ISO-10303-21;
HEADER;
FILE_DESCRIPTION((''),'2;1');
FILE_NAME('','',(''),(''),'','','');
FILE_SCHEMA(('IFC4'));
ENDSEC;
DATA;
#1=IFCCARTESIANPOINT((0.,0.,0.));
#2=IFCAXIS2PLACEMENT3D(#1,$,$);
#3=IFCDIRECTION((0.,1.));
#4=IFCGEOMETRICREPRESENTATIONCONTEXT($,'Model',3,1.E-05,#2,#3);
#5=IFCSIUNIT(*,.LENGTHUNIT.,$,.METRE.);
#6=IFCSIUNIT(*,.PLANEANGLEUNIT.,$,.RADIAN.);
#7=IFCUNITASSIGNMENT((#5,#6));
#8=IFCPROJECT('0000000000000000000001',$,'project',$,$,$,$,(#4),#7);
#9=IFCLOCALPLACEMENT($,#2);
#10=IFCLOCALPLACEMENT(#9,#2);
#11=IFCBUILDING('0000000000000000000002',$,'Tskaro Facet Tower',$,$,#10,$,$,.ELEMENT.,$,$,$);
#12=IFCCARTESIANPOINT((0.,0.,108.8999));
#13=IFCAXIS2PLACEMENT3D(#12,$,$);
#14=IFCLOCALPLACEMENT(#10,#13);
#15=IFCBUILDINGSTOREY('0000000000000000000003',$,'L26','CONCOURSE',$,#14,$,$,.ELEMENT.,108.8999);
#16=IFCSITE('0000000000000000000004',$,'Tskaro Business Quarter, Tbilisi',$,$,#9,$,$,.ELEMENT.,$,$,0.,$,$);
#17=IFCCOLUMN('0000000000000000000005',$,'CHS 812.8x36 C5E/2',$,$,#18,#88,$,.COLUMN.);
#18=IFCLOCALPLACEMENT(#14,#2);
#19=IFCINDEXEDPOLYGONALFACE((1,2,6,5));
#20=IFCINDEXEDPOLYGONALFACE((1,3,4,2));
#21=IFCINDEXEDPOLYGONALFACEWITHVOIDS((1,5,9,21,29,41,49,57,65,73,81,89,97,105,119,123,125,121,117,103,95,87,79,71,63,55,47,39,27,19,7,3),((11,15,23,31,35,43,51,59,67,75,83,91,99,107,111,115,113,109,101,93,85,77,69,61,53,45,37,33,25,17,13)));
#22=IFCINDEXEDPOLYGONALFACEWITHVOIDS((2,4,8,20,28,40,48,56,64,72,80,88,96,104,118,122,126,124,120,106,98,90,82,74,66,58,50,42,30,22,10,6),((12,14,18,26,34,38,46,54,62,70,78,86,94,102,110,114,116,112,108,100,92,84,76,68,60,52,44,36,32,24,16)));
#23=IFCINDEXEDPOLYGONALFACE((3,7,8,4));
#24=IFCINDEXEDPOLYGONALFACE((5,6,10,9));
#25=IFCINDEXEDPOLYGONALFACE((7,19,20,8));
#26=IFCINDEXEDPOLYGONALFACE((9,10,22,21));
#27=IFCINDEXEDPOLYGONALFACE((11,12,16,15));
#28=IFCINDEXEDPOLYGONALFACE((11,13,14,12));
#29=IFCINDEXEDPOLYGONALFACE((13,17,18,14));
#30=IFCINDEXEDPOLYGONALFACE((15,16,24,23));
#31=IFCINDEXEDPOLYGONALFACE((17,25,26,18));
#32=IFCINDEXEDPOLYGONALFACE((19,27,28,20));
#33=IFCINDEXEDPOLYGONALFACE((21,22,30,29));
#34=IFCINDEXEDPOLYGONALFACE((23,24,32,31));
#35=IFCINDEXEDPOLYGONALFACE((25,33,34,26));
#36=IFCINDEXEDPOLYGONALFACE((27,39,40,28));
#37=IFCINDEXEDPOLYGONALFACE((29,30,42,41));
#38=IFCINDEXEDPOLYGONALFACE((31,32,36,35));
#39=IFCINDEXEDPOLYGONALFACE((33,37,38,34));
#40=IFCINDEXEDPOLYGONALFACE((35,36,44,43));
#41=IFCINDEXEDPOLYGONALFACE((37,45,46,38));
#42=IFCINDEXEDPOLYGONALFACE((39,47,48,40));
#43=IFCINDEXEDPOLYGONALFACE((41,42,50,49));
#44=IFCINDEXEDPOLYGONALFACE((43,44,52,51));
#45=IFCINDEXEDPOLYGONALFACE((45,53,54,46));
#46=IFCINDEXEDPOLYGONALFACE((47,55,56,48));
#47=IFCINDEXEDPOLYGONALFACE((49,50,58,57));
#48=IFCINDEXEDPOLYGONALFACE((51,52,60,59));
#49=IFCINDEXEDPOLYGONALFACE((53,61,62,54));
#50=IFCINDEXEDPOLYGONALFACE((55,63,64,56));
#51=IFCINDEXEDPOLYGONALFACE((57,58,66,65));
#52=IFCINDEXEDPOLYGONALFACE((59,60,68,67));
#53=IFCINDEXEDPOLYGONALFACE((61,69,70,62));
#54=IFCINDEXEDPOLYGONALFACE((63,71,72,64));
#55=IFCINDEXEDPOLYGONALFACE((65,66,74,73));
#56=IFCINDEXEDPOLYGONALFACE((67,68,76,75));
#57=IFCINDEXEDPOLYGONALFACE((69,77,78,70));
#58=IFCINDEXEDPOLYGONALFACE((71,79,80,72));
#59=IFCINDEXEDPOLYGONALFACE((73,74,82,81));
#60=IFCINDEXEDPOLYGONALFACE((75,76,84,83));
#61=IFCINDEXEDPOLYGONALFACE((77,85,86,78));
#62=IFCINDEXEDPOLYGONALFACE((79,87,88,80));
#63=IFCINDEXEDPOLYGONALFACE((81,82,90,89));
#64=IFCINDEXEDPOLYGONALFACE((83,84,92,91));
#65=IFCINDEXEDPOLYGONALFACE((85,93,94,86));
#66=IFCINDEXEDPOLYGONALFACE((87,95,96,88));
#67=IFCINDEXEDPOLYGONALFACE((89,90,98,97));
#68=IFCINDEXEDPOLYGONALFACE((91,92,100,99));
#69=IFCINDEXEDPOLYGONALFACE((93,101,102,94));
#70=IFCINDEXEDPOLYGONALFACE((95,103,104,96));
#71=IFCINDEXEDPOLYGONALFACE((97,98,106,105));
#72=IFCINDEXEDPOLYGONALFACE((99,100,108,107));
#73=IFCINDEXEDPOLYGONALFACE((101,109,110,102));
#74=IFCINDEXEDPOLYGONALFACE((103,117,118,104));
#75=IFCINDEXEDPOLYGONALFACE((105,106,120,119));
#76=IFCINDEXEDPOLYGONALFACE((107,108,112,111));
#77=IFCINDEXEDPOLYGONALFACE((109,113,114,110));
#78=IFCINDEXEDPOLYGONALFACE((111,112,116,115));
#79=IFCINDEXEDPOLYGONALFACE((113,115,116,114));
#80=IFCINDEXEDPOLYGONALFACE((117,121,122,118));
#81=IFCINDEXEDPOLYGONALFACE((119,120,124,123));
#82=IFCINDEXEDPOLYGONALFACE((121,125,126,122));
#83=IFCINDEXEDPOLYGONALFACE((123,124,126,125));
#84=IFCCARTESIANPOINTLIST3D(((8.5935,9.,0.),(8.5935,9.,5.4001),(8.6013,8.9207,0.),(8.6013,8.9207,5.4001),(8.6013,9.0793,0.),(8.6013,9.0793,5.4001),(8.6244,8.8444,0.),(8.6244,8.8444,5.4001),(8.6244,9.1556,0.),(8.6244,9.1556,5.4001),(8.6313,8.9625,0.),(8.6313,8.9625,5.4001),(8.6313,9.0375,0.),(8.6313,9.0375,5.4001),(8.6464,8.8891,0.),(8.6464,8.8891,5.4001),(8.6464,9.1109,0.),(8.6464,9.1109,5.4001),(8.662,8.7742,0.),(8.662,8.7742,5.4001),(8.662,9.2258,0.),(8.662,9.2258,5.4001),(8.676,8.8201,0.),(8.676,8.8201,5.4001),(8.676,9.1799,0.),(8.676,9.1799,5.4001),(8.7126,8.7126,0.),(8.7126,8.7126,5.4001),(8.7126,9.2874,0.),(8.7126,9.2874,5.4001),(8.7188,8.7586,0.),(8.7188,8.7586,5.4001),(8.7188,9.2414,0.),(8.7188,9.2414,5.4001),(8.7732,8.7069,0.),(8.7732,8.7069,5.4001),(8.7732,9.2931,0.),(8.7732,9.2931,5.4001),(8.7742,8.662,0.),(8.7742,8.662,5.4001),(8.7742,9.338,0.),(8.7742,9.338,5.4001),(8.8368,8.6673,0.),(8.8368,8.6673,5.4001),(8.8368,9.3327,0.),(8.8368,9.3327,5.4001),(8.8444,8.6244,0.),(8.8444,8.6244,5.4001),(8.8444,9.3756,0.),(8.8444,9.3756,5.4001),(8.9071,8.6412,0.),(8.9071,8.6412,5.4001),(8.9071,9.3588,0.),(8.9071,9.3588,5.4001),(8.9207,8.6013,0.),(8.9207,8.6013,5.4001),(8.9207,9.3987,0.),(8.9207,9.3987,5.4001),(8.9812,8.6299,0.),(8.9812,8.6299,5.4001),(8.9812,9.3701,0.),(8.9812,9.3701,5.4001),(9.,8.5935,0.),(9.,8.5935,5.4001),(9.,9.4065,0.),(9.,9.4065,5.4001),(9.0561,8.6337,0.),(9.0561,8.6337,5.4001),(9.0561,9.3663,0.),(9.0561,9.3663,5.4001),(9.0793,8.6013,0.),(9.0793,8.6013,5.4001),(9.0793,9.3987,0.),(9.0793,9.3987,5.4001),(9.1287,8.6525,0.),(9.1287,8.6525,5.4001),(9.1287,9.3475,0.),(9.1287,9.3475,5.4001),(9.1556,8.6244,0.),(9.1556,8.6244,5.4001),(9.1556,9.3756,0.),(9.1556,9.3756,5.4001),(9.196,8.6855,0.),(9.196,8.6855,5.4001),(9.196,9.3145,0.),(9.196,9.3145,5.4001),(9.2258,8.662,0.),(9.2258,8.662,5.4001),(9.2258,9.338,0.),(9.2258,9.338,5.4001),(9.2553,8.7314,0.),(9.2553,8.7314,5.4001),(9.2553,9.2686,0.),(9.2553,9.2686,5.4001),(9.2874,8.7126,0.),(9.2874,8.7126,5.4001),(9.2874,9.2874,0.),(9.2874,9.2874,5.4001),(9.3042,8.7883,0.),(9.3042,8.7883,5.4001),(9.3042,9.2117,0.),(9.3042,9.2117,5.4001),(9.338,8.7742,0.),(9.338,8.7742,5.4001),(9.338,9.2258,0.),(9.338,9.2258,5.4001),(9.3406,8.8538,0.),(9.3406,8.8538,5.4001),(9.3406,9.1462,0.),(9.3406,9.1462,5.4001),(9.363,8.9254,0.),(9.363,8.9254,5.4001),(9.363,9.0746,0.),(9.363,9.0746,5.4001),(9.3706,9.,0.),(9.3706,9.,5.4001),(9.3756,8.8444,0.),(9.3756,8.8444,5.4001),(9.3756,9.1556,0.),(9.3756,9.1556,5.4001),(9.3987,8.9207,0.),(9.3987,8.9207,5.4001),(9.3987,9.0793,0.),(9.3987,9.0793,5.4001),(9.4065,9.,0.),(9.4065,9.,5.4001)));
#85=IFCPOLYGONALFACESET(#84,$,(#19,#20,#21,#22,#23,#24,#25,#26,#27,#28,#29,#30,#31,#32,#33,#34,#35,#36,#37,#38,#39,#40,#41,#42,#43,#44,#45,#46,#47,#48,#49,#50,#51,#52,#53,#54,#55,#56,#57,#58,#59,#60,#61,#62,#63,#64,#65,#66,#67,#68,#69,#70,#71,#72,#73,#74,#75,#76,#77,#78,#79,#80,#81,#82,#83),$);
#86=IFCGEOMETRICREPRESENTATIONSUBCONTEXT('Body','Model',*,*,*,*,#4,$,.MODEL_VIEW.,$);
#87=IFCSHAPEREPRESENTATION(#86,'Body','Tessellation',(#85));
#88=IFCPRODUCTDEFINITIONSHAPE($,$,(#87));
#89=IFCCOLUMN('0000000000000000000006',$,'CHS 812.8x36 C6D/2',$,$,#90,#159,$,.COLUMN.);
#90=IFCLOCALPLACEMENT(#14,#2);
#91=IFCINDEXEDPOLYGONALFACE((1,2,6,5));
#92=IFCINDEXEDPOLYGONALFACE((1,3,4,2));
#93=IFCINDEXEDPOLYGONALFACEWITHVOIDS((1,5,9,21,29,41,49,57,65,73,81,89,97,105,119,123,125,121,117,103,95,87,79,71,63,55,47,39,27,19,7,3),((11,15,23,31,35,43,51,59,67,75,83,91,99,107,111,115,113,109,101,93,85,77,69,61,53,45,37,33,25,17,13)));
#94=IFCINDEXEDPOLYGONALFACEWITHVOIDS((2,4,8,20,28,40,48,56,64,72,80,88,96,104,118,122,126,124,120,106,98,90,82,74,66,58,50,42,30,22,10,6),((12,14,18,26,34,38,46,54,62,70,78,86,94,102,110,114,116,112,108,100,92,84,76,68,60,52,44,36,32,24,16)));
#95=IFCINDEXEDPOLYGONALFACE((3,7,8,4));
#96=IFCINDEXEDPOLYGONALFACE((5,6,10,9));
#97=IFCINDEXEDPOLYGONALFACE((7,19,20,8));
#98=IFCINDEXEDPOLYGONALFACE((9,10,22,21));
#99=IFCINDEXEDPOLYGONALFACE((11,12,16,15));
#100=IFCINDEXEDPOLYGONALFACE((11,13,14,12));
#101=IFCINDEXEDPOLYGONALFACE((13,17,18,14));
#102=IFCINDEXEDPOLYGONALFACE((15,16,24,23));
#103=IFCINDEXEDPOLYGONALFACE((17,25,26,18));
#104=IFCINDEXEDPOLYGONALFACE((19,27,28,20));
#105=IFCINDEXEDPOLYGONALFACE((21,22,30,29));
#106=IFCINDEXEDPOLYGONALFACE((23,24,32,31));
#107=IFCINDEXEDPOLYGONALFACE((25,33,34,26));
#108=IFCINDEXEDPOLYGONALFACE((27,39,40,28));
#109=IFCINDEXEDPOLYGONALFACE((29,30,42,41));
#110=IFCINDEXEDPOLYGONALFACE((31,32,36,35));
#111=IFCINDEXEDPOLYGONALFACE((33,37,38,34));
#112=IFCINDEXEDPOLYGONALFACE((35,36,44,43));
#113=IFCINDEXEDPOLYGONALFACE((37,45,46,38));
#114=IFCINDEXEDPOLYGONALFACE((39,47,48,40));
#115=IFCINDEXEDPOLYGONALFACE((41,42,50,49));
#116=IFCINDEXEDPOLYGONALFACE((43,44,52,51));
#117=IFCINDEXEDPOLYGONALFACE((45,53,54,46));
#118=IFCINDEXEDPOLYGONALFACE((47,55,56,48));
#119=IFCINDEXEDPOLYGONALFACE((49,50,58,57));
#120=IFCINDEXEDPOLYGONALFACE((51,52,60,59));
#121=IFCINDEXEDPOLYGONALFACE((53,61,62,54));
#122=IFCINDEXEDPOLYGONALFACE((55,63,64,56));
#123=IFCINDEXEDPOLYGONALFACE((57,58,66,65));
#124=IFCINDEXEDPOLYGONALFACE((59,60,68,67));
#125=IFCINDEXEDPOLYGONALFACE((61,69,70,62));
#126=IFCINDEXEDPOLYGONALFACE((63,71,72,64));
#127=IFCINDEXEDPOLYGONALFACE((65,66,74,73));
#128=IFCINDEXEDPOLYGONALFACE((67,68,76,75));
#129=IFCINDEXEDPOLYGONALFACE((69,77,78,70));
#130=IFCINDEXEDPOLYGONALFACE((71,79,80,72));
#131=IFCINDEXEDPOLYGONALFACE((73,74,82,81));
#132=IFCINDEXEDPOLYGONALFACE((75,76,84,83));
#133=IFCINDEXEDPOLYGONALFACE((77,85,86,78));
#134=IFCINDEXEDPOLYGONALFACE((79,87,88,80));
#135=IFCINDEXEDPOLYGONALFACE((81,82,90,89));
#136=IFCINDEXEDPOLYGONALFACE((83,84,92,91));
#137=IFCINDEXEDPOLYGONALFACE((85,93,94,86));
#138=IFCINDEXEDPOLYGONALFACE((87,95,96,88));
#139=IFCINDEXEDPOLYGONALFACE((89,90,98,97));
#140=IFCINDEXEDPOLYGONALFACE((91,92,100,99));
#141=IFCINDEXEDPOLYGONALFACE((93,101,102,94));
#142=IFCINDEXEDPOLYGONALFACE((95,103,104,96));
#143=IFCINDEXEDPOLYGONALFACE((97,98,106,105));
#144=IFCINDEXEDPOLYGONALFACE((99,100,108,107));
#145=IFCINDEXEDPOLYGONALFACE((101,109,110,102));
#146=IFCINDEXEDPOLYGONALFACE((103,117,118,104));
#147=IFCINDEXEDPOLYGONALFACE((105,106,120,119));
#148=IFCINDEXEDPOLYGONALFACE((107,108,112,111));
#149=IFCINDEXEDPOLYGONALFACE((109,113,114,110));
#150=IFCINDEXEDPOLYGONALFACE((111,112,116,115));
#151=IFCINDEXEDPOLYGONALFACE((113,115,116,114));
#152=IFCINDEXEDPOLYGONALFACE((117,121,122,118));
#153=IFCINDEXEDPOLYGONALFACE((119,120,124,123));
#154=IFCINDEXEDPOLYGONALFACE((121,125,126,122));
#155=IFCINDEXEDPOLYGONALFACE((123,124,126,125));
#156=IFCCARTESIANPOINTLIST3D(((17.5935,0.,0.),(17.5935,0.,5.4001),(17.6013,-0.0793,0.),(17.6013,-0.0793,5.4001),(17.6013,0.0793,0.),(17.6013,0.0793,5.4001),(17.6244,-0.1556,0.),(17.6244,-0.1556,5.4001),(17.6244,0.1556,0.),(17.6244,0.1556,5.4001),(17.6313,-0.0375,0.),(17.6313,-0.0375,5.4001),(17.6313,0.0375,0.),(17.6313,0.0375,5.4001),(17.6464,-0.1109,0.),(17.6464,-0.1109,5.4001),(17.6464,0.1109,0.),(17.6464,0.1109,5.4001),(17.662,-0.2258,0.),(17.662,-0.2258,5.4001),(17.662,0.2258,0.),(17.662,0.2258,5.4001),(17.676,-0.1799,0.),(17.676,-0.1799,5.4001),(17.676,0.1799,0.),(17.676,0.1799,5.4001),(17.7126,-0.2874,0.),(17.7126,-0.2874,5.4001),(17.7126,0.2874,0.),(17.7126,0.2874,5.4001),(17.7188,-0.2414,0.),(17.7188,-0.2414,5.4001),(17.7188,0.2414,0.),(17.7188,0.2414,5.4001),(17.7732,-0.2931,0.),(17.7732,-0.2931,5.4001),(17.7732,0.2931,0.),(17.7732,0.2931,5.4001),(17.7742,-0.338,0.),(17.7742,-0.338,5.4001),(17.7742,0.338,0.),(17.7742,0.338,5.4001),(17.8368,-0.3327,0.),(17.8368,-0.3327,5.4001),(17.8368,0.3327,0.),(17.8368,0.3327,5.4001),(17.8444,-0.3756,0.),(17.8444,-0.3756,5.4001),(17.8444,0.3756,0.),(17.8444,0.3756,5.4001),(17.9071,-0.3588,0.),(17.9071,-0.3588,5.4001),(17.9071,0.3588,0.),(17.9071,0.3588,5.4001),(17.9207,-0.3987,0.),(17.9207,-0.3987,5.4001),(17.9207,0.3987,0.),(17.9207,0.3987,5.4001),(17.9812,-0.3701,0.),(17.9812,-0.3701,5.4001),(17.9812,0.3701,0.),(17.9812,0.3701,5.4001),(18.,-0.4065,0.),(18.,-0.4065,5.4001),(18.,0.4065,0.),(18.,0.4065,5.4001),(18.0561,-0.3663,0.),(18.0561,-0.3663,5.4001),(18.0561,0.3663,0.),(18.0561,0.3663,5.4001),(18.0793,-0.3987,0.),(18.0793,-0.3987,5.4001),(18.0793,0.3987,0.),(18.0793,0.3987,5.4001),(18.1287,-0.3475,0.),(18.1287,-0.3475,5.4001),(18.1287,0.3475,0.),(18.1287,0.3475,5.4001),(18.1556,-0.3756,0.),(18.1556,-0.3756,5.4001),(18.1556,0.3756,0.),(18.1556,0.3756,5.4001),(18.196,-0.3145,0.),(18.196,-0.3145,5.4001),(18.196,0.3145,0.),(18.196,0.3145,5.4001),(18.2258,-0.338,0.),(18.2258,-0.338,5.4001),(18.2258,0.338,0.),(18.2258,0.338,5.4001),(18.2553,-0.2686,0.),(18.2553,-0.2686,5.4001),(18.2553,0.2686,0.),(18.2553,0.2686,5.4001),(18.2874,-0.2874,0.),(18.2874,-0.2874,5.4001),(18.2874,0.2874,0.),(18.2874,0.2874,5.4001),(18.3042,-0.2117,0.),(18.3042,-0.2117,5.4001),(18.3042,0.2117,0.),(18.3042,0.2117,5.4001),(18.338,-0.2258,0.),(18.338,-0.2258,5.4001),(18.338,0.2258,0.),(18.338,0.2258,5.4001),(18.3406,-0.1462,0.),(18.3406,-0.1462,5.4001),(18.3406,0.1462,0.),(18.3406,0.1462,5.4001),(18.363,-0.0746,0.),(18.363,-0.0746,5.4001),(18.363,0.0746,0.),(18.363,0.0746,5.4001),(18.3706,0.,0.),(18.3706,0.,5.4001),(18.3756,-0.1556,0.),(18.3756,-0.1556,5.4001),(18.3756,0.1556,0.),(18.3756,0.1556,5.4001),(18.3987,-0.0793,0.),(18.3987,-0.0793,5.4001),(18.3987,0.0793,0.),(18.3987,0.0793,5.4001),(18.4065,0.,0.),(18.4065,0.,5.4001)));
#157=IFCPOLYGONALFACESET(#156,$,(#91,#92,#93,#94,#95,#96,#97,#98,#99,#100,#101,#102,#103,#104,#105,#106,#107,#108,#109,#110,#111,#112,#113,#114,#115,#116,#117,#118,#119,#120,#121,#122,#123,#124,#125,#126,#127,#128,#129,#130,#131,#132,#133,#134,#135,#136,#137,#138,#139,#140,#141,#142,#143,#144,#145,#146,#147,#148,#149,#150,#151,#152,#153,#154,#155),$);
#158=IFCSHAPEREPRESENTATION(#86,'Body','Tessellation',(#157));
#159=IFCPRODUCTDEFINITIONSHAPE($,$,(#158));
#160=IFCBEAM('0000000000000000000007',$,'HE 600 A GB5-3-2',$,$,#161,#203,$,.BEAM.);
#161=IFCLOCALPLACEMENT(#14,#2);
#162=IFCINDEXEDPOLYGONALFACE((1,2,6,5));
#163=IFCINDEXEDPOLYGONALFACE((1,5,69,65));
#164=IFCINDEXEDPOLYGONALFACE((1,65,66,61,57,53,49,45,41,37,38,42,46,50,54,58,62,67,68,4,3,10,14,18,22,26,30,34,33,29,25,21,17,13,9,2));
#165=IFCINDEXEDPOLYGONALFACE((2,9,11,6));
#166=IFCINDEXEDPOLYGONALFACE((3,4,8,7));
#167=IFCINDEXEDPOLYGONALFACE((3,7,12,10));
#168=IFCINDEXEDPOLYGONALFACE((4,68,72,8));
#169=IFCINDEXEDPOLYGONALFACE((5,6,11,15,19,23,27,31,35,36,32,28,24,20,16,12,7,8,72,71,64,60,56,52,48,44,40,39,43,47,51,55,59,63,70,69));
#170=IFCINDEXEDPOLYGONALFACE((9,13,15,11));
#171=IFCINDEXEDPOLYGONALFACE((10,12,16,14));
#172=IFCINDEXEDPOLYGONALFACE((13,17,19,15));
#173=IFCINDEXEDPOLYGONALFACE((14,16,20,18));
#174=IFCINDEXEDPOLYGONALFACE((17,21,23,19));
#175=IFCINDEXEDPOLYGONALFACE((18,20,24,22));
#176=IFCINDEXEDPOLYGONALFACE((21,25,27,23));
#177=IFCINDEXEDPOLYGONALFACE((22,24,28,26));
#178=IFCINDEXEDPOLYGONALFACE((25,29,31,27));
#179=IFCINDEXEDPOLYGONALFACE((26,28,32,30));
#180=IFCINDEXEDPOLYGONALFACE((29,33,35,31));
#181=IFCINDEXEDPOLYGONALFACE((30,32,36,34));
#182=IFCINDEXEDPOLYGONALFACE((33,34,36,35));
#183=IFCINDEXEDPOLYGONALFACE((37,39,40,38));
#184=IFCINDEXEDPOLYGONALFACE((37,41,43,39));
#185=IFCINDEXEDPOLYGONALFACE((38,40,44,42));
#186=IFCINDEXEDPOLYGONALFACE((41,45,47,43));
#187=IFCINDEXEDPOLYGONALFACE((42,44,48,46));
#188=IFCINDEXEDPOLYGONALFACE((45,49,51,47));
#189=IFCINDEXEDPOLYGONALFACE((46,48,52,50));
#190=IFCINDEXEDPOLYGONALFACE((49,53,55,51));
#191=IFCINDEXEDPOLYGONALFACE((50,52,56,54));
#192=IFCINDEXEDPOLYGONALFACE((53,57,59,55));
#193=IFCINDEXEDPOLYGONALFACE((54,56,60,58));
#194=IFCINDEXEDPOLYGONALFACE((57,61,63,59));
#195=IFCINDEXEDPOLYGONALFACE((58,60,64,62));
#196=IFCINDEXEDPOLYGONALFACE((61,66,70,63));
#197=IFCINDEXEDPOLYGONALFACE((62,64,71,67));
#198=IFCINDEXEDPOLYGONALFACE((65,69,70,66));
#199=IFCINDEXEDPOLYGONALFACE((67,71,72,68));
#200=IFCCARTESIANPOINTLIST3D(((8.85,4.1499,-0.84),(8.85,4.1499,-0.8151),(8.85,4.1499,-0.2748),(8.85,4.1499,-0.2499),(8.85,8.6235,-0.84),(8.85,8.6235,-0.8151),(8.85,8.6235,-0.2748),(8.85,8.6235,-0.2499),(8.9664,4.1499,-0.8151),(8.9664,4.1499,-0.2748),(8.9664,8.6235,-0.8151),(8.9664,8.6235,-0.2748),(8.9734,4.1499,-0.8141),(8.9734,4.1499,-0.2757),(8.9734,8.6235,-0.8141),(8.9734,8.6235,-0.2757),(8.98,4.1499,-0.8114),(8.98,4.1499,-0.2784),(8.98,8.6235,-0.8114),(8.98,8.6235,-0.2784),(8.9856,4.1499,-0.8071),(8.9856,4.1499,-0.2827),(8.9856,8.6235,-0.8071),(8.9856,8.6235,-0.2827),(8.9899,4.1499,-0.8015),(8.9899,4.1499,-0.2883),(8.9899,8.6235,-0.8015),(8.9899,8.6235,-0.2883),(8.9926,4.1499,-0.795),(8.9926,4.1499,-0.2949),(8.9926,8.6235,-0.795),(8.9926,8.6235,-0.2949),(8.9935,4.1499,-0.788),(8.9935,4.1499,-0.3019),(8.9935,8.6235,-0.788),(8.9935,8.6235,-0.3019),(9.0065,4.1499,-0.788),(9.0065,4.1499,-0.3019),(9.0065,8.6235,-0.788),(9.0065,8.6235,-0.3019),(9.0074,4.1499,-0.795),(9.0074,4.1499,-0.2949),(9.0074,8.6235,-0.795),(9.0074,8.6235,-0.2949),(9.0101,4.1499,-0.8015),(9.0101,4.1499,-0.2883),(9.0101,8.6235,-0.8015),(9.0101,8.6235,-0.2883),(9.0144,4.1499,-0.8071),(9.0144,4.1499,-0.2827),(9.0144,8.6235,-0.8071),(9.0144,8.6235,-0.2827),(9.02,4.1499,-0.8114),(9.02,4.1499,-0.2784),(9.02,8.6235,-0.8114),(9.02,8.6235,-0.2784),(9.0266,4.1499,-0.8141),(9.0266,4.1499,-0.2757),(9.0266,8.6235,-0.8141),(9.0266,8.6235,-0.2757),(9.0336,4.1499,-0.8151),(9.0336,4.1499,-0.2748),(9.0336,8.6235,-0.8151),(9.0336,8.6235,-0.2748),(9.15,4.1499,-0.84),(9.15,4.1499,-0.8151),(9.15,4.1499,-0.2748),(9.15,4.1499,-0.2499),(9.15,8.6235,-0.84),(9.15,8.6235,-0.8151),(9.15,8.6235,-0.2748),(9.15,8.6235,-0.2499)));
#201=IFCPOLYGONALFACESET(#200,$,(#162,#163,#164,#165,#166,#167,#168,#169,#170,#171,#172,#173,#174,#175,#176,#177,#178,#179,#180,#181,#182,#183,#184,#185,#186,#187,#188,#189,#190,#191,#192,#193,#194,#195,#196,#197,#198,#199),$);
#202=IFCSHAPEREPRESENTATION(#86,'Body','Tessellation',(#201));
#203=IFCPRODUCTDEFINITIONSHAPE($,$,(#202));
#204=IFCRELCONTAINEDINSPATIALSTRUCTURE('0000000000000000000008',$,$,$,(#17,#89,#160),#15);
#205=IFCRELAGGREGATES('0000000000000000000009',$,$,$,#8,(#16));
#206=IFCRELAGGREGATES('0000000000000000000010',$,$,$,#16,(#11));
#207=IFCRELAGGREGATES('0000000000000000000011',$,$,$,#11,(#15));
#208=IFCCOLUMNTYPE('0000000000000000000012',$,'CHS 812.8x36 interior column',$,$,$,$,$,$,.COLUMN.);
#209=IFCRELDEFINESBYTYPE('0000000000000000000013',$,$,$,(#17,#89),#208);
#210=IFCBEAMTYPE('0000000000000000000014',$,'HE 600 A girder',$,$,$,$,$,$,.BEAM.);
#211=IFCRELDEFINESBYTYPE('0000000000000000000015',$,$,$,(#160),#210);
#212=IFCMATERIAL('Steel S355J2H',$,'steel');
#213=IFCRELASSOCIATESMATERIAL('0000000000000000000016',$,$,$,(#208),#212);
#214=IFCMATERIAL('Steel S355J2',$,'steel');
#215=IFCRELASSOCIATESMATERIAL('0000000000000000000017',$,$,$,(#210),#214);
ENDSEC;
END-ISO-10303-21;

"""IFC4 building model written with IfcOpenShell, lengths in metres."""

from ifc_helpers import new_model, si_unit, direction, frame, origin, origin_2d, place, context, subcontext, project, spatial, hollow_circle, i_section, extrude, material, material_profile, profile_set, type_object, element, save


model = new_model("IFC4")

# Units and contexts
model_context = context("Model", 3, precision=1e-05, world=origin(), true_north=direction((0.0, 1.0)))
body_context = subcontext(model_context, "Body", "Model", "MODEL_VIEW")
ifc_project = project(units=[si_unit("LENGTHUNIT", "METRE"), si_unit("PLANEANGLEUNIT", "RADIAN")], contexts=[model_context])

# Site, building, storey
site_placement = place(None, origin())
site = spatial("IfcSite", under=ifc_project, at=site_placement, Name="Tskaro Business Quarter, Tbilisi", CompositionType="ELEMENT", RefElevation=0.0)
building_placement = place(site_placement, origin())
building = spatial("IfcBuilding", under=site, at=building_placement, Name="Tskaro Facet Tower", CompositionType="ELEMENT")
storey_placement = place(building_placement, frame((0.0, 0.0, 108.8999)))
storey = spatial("IfcBuildingStorey", under=building, at=storey_placement, Name="L26", Description="CONCOURSE", CompositionType="ELEMENT", Elevation=108.8999)

# Columns
ifc_material_1 = material(Name="Steel S355J2H", Category="steel")
ifc_material_profile_1 = material_profile(ifc_material_1, hollow_circle(Radius=0.4065, WallThickness=0.0359, at=origin_2d()), Name="CHS 812.8x36")
ifc_profile_set_1 = profile_set([ifc_material_profile_1], Name="Steel S355J2H")
column_type = type_object("IfcColumnType", Name="CHS 812.8x36 interior column", PredefinedType="COLUMN", material=ifc_profile_set_1)
for number, where, z_axis, x_axis, name in (
    (1, (9.0, 9.0, 0.0), (0.0, 0.0, 1.0), (1.0, 0.0, 0.0), "CHS 812.8x36 C5E/2"),
    (2, (18.0, 0.0, 0.0), (0.0, 0.0, 1.0), (1.0, 0.0, 0.0), "CHS 812.8x36 C6D/2"),
):
    element("IfcColumn", number, at=place(storey_placement, frame(where, z_axis=z_axis, x_axis=x_axis)), inside=storey, type_object=column_type, Name=name, PredefinedType="COLUMN", context=body_context, shape_type="SweptSolid", body=[
        extrude(hollow_circle(Radius=0.4065, WallThickness=0.0359, at=origin_2d()), origin(), (0.0, 0.0, 1.0), 5.4001),
    ])

# Beam
ifc_material_2 = material(Name="Steel S355J2", Category="steel")
ifc_material_profile_2 = material_profile(ifc_material_2, i_section(OverallWidth=0.3, OverallDepth=0.5901, WebThickness=0.0129, FlangeThickness=0.0249, FilletRadius=0.0271, at=origin_2d()), Name="HE 600 A")
ifc_profile_set_2 = profile_set([ifc_material_profile_2], Name="Steel S355J2")
beam_type_1 = type_object("IfcBeamType", Name="HE 600 A girder", PredefinedType="BEAM", material=ifc_profile_set_2)
beam_1_placement = place(storey_placement, frame((9.0, 4.1499, -0.5449), z_axis=(0.0, 1.0, 0.0), x_axis=(-1.0, 0.0, 0.0)))
element("IfcBeam", 3, at=beam_1_placement, inside=storey, type_object=beam_type_1, Name="HE 600 A GB5-3-2", PredefinedType="BEAM", context=body_context, shape_type="SweptSolid", body=[
    extrude(i_section(OverallWidth=0.3, OverallDepth=0.5901, WebThickness=0.0129, FlangeThickness=0.0249, FilletRadius=0.0271, at=origin_2d()), origin(), (0.0, 0.0, 1.0), 4.4736),
])

save(model, "model.ifc")
